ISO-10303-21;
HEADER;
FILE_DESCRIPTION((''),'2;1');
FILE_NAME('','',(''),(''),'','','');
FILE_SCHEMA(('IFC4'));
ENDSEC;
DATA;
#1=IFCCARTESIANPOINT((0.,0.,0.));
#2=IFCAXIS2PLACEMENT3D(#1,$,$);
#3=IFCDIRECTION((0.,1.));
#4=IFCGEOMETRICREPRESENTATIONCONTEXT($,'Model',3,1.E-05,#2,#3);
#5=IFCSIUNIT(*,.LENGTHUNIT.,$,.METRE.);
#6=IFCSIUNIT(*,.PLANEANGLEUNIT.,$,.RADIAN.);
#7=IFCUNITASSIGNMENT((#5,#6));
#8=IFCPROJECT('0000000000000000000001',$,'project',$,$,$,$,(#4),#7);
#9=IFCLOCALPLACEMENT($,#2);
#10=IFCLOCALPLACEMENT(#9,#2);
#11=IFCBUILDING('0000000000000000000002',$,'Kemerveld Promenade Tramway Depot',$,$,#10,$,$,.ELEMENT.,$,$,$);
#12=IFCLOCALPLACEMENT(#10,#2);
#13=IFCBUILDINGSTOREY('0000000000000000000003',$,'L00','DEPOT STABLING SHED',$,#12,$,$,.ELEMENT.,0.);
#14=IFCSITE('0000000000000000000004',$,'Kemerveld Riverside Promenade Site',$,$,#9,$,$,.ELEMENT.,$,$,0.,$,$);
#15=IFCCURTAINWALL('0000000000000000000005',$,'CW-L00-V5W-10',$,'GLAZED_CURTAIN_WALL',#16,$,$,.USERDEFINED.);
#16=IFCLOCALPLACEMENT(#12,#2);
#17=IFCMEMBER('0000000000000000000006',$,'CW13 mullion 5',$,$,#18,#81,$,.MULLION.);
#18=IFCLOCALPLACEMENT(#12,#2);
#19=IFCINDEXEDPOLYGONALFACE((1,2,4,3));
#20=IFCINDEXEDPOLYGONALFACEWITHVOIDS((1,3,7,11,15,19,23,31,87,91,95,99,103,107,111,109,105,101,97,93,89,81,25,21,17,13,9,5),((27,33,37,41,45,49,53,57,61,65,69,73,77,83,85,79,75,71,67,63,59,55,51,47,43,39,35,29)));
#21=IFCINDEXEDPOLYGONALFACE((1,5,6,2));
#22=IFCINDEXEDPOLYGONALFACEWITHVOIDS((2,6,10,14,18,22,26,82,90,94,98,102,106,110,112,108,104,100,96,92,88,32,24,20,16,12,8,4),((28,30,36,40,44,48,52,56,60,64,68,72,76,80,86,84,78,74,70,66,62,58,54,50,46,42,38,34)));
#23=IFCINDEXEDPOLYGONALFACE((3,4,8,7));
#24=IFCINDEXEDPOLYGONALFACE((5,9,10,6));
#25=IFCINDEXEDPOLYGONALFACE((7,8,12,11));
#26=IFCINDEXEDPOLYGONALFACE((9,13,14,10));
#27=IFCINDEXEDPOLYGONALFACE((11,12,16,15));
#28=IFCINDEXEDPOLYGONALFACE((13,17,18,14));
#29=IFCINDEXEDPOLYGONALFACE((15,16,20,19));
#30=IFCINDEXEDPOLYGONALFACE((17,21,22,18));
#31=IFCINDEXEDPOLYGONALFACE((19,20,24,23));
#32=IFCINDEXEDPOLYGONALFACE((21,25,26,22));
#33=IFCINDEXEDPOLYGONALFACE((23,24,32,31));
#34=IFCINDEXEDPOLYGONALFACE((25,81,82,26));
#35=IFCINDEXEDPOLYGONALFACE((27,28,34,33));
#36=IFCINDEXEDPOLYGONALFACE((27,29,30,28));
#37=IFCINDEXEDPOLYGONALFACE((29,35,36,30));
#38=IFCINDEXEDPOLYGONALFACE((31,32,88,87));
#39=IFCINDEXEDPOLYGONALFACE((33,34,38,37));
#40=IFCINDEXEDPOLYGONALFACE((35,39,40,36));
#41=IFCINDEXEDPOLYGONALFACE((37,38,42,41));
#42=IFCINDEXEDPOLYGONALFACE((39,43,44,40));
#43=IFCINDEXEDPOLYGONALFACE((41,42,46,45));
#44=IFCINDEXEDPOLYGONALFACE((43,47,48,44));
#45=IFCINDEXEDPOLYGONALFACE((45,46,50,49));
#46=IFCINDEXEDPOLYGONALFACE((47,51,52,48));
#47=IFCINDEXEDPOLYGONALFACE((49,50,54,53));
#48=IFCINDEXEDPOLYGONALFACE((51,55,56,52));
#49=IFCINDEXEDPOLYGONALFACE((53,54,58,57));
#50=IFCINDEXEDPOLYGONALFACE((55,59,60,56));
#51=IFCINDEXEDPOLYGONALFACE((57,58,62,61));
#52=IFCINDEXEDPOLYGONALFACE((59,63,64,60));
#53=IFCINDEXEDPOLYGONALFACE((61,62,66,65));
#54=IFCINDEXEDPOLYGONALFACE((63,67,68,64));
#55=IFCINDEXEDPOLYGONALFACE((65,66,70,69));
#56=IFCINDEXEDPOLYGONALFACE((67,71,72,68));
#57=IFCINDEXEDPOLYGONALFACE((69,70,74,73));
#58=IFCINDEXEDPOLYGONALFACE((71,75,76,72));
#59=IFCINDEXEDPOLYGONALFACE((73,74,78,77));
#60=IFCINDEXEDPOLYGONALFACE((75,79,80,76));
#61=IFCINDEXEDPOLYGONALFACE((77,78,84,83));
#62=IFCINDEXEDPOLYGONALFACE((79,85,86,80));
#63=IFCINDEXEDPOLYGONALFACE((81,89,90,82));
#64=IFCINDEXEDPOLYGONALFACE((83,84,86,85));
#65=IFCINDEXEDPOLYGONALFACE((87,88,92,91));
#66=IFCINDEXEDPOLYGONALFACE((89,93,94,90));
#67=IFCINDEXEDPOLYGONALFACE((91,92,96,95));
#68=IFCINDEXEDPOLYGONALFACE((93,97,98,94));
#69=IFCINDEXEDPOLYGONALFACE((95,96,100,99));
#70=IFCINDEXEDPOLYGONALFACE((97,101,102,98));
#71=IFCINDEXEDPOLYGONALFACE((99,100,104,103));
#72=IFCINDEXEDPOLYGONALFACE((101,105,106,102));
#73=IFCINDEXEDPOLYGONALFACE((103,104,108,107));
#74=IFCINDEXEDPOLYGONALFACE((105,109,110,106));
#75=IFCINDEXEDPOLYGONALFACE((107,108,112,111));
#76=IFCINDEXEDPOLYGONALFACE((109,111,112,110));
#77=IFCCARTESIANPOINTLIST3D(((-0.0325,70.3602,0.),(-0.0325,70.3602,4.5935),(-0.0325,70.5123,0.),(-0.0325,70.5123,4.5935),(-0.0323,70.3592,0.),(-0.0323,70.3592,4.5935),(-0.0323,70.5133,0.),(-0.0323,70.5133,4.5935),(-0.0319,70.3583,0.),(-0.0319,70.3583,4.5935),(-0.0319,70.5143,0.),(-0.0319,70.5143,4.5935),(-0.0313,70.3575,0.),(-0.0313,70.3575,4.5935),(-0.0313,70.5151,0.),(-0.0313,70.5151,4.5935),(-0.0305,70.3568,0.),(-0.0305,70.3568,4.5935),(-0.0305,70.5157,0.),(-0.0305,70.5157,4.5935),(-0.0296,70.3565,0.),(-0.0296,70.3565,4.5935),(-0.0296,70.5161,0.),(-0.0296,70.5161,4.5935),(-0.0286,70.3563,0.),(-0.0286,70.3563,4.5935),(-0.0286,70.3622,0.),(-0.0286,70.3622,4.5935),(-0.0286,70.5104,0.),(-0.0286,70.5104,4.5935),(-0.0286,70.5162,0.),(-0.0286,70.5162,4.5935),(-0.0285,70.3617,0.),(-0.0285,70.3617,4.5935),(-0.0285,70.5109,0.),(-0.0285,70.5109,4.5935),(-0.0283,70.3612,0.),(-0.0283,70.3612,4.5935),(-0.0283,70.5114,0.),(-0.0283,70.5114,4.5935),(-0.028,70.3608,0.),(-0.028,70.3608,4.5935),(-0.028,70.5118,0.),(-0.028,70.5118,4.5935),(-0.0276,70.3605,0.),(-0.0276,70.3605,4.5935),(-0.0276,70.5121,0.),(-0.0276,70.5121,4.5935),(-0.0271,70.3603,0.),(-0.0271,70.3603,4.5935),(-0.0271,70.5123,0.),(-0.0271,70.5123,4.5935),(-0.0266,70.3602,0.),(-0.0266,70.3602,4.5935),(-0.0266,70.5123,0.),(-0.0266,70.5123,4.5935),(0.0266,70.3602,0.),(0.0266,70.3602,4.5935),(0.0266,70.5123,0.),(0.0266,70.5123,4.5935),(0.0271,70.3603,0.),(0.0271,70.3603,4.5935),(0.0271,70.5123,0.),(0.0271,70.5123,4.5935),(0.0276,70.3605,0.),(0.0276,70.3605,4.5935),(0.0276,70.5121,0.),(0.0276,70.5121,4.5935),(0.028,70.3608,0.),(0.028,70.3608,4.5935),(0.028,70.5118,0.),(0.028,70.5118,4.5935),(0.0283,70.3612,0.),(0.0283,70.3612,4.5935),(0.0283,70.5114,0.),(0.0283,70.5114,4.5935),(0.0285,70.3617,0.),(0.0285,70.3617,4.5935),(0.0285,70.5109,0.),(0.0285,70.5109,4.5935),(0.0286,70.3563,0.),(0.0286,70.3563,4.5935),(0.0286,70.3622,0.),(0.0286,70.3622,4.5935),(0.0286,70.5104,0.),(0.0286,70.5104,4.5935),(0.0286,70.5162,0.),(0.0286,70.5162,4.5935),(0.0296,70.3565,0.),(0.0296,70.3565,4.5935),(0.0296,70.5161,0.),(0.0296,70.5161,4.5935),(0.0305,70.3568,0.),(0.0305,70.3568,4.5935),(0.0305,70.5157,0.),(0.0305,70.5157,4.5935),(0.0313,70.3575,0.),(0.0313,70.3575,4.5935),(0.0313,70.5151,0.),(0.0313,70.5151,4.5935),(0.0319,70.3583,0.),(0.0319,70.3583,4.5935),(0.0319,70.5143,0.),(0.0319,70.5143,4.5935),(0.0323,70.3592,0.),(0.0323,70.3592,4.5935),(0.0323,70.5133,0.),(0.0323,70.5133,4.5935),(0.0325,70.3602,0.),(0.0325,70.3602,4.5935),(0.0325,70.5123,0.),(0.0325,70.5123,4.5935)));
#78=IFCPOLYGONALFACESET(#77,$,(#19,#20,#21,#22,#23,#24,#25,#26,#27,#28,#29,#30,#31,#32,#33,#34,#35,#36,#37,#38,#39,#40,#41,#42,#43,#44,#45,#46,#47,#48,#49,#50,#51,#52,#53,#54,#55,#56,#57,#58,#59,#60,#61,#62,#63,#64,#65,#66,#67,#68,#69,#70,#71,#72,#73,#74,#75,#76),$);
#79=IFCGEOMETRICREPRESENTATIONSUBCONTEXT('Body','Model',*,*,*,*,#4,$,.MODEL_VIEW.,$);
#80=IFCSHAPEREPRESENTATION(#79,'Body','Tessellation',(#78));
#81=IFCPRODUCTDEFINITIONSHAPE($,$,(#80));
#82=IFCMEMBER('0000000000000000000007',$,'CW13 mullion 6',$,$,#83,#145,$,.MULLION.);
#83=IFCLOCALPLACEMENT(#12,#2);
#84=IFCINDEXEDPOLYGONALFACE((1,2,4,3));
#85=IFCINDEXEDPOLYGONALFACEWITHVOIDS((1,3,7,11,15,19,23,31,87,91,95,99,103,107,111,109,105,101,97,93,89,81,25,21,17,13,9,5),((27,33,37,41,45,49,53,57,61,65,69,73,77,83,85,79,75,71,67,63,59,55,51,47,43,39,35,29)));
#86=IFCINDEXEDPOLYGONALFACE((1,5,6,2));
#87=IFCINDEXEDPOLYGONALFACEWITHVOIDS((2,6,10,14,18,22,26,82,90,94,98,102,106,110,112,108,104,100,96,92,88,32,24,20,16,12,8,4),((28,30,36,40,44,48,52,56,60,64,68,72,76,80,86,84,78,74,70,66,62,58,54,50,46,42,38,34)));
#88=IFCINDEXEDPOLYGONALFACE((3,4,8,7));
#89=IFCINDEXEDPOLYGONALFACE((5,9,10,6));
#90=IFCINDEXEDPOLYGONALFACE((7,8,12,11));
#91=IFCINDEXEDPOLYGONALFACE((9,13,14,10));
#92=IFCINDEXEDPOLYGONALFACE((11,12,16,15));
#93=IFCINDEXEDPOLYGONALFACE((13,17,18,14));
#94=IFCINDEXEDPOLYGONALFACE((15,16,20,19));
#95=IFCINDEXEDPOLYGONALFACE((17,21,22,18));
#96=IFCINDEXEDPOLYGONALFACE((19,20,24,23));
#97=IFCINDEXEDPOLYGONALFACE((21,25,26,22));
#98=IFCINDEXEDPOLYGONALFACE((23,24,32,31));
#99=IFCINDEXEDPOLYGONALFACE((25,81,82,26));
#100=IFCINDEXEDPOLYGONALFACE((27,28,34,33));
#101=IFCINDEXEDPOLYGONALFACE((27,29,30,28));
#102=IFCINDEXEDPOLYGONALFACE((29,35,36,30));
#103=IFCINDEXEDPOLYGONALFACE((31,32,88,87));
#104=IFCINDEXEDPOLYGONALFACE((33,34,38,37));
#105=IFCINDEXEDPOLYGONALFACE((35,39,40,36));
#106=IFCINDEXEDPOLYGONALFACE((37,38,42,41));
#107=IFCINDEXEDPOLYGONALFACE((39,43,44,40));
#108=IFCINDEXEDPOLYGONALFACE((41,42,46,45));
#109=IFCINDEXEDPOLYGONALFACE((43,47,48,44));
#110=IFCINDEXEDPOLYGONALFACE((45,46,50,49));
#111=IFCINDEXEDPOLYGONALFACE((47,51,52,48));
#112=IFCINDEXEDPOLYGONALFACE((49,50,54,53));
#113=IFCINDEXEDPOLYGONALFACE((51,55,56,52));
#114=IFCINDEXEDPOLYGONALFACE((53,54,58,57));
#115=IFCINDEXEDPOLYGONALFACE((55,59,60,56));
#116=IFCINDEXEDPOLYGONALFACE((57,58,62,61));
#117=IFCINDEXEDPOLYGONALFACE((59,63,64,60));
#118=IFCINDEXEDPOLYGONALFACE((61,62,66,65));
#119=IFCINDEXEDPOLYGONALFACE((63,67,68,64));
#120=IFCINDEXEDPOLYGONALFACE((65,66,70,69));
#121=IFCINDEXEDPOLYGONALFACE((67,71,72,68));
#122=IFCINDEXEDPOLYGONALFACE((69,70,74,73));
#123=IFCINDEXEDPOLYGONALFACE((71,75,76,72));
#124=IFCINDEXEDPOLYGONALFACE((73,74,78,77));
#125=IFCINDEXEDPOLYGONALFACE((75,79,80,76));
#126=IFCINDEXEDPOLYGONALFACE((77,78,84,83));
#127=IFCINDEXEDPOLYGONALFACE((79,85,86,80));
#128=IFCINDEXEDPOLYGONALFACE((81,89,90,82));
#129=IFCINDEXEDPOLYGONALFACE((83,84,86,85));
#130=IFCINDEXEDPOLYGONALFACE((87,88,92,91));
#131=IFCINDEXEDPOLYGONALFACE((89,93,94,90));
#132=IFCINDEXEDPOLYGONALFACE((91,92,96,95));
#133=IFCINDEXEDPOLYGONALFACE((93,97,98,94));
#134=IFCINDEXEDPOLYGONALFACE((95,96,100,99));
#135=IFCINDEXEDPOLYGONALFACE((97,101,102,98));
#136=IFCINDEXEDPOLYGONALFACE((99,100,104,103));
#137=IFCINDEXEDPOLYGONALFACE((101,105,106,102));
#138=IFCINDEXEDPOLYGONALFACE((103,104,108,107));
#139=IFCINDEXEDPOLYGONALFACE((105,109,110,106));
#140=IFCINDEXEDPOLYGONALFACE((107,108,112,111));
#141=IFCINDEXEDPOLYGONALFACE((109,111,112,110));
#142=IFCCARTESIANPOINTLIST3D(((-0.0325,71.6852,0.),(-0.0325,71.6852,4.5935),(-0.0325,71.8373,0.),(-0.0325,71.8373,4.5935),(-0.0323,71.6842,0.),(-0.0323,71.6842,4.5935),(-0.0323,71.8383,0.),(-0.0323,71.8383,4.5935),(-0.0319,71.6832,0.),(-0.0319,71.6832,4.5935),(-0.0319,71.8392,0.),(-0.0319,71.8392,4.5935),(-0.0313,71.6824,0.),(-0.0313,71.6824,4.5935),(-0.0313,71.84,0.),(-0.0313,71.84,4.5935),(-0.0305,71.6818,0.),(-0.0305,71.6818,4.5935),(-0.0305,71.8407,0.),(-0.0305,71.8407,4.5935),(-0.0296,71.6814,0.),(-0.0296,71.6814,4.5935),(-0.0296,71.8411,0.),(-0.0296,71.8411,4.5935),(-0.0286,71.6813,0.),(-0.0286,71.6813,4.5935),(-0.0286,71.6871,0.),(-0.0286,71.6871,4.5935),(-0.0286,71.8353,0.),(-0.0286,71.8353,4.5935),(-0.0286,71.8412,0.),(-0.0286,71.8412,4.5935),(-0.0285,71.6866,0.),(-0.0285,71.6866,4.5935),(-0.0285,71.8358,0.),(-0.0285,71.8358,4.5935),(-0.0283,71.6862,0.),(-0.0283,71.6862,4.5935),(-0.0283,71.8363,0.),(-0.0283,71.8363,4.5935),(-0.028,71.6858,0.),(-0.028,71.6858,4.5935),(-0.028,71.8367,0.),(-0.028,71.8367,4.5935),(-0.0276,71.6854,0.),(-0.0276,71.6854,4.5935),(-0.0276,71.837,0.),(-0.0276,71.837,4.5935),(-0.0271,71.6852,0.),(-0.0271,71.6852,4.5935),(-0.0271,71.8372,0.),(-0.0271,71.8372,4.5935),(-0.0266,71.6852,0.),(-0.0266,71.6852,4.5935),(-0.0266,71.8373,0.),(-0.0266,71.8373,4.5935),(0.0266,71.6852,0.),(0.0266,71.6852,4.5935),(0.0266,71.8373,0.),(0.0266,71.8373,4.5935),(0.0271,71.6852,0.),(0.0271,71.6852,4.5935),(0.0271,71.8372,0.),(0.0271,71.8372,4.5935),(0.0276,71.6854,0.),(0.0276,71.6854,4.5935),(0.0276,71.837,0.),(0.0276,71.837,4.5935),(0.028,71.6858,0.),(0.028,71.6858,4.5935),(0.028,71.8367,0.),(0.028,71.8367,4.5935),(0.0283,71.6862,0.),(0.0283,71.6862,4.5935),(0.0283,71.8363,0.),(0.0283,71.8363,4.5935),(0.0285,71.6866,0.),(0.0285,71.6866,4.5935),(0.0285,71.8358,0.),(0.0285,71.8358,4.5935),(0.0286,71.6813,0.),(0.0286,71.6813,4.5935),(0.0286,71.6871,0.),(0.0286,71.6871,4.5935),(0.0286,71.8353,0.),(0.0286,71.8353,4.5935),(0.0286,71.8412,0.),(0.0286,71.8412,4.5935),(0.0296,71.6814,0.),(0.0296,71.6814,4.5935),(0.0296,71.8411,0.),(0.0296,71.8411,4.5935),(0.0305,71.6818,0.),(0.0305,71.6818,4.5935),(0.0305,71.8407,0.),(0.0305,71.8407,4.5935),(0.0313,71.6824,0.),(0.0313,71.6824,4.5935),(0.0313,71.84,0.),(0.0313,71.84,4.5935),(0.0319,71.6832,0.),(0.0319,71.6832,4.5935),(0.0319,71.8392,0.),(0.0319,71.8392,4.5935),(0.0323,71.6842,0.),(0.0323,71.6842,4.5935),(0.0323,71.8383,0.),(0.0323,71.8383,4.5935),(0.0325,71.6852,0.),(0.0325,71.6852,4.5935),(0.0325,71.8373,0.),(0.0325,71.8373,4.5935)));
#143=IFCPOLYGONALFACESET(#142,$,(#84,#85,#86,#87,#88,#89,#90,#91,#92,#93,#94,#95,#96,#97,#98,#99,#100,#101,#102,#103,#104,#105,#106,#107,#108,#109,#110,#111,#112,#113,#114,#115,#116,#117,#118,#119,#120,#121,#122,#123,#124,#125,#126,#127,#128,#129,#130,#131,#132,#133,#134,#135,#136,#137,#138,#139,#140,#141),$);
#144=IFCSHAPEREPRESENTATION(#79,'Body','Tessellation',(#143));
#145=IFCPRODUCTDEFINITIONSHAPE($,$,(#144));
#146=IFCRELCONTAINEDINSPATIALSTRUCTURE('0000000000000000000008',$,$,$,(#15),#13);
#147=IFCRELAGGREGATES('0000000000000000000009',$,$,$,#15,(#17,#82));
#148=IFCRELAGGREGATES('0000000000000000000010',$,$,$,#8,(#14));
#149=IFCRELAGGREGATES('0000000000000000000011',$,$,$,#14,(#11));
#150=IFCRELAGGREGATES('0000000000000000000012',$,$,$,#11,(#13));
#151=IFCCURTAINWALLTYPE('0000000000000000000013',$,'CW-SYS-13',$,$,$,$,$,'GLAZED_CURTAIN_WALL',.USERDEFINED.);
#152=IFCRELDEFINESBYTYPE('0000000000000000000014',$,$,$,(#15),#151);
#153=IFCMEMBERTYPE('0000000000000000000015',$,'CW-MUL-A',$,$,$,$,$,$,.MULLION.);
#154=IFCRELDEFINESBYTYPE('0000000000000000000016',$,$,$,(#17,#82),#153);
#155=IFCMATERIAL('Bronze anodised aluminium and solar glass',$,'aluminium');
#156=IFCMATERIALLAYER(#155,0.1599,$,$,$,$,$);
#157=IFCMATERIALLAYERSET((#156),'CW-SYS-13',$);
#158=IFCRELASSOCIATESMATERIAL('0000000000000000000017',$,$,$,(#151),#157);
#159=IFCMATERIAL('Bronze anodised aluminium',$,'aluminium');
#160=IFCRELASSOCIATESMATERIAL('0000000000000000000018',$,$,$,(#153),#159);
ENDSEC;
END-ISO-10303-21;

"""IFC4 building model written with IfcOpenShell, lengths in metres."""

from ifc_helpers import new_model, si_unit, direction, frame, origin, origin_2d, place, context, subcontext, project, spatial, hollow_rectangle, extrude, material, layer, layer_set, material_profile, profile_set, type_object, element, aggregate, save


model = new_model("IFC4")

# Units and contexts
model_context = context("Model", 3, precision=1e-05, world=origin(), true_north=direction((0.0, 1.0)))
body_context = subcontext(model_context, "Body", "Model", "MODEL_VIEW")
ifc_project = project(units=[si_unit("LENGTHUNIT", "METRE"), si_unit("PLANEANGLEUNIT", "RADIAN")], contexts=[model_context])

# Site, building, storey
site_placement = place(None, origin())
site = spatial("IfcSite", under=ifc_project, at=site_placement, Name="Kemerveld Riverside Promenade Site", CompositionType="ELEMENT", RefElevation=0.0)
building_placement = place(site_placement, origin())
building = spatial("IfcBuilding", under=site, at=building_placement, Name="Kemerveld Promenade Tramway Depot", CompositionType="ELEMENT")
storey_placement = place(building_placement, origin())
storey = spatial("IfcBuildingStorey", under=building, at=storey_placement, Name="L00", Description="DEPOT STABLING SHED", CompositionType="ELEMENT", Elevation=0.0)

# Curtain wall, members
ifc_material_1 = material(Name="Bronze anodised aluminium and solar glass", Category="aluminium")
ifc_layer_1 = layer(ifc_material_1, 0.1599)
ifc_layer_set_1 = layer_set([ifc_layer_1], Name="CW-SYS-13")
curtain_wall_type = type_object("IfcCurtainWallType", Name="CW-SYS-13", ElementType="GLAZED_CURTAIN_WALL", PredefinedType="USERDEFINED", material=ifc_layer_set_1)
curtain_wall_placement = place(storey_placement, origin())
curtain_wall = element("IfcCurtainWall", 1, at=curtain_wall_placement, inside=storey, type_object=curtain_wall_type, Name="CW-L00-V5W-10", ObjectType="GLAZED_CURTAIN_WALL", PredefinedType="USERDEFINED")
ifc_material_2 = material(Name="Bronze anodised aluminium", Category="aluminium")
ifc_material_profile_1 = material_profile(ifc_material_2, hollow_rectangle(XDim=0.0649, YDim=0.1599, WallThickness=0.0039, InnerFilletRadius=0.002, OuterFilletRadius=0.0039, at=origin_2d()), Name="CW-MUL-160x65")
ifc_profile_set_1 = profile_set([ifc_material_profile_1], Name="Bronze anodised aluminium")
member_type_1 = type_object("IfcMemberType", Name="CW-MUL-A", PredefinedType="MULLION", material=ifc_profile_set_1)
member_1_placement = place(storey_placement, frame((0.0, 70.4363, 0.0), z_axis=(0.0, 0.0, 1.0), x_axis=(-1.0, 0.0, 0.0)))
member_1 = element("IfcMember", 2, at=member_1_placement, type_object=member_type_1, Name="CW13 mullion 5", PredefinedType="MULLION", context=body_context, shape_type="SweptSolid", body=[
    extrude(hollow_rectangle(XDim=0.0649, YDim=0.1599, WallThickness=0.0039, InnerFilletRadius=0.002, OuterFilletRadius=0.0039, at=origin_2d()), origin(), (0.0, 0.0, 1.0), 4.5935),
])
member_2_placement = place(storey_placement, frame((0.0, 71.7612, 0.0), z_axis=(0.0, 0.0, 1.0), x_axis=(-1.0, 0.0, 0.0)))
member_2 = element("IfcMember", 3, at=member_2_placement, type_object=member_type_1, Name="CW13 mullion 6", PredefinedType="MULLION", context=body_context, shape_type="SweptSolid", body=[
    extrude(hollow_rectangle(XDim=0.0649, YDim=0.1599, WallThickness=0.0039, InnerFilletRadius=0.002, OuterFilletRadius=0.0039, at=origin_2d()), origin(), (0.0, 0.0, 1.0), 4.5935),
])
aggregate(curtain_wall, [member_1, member_2])

save(model, "model.ifc")
